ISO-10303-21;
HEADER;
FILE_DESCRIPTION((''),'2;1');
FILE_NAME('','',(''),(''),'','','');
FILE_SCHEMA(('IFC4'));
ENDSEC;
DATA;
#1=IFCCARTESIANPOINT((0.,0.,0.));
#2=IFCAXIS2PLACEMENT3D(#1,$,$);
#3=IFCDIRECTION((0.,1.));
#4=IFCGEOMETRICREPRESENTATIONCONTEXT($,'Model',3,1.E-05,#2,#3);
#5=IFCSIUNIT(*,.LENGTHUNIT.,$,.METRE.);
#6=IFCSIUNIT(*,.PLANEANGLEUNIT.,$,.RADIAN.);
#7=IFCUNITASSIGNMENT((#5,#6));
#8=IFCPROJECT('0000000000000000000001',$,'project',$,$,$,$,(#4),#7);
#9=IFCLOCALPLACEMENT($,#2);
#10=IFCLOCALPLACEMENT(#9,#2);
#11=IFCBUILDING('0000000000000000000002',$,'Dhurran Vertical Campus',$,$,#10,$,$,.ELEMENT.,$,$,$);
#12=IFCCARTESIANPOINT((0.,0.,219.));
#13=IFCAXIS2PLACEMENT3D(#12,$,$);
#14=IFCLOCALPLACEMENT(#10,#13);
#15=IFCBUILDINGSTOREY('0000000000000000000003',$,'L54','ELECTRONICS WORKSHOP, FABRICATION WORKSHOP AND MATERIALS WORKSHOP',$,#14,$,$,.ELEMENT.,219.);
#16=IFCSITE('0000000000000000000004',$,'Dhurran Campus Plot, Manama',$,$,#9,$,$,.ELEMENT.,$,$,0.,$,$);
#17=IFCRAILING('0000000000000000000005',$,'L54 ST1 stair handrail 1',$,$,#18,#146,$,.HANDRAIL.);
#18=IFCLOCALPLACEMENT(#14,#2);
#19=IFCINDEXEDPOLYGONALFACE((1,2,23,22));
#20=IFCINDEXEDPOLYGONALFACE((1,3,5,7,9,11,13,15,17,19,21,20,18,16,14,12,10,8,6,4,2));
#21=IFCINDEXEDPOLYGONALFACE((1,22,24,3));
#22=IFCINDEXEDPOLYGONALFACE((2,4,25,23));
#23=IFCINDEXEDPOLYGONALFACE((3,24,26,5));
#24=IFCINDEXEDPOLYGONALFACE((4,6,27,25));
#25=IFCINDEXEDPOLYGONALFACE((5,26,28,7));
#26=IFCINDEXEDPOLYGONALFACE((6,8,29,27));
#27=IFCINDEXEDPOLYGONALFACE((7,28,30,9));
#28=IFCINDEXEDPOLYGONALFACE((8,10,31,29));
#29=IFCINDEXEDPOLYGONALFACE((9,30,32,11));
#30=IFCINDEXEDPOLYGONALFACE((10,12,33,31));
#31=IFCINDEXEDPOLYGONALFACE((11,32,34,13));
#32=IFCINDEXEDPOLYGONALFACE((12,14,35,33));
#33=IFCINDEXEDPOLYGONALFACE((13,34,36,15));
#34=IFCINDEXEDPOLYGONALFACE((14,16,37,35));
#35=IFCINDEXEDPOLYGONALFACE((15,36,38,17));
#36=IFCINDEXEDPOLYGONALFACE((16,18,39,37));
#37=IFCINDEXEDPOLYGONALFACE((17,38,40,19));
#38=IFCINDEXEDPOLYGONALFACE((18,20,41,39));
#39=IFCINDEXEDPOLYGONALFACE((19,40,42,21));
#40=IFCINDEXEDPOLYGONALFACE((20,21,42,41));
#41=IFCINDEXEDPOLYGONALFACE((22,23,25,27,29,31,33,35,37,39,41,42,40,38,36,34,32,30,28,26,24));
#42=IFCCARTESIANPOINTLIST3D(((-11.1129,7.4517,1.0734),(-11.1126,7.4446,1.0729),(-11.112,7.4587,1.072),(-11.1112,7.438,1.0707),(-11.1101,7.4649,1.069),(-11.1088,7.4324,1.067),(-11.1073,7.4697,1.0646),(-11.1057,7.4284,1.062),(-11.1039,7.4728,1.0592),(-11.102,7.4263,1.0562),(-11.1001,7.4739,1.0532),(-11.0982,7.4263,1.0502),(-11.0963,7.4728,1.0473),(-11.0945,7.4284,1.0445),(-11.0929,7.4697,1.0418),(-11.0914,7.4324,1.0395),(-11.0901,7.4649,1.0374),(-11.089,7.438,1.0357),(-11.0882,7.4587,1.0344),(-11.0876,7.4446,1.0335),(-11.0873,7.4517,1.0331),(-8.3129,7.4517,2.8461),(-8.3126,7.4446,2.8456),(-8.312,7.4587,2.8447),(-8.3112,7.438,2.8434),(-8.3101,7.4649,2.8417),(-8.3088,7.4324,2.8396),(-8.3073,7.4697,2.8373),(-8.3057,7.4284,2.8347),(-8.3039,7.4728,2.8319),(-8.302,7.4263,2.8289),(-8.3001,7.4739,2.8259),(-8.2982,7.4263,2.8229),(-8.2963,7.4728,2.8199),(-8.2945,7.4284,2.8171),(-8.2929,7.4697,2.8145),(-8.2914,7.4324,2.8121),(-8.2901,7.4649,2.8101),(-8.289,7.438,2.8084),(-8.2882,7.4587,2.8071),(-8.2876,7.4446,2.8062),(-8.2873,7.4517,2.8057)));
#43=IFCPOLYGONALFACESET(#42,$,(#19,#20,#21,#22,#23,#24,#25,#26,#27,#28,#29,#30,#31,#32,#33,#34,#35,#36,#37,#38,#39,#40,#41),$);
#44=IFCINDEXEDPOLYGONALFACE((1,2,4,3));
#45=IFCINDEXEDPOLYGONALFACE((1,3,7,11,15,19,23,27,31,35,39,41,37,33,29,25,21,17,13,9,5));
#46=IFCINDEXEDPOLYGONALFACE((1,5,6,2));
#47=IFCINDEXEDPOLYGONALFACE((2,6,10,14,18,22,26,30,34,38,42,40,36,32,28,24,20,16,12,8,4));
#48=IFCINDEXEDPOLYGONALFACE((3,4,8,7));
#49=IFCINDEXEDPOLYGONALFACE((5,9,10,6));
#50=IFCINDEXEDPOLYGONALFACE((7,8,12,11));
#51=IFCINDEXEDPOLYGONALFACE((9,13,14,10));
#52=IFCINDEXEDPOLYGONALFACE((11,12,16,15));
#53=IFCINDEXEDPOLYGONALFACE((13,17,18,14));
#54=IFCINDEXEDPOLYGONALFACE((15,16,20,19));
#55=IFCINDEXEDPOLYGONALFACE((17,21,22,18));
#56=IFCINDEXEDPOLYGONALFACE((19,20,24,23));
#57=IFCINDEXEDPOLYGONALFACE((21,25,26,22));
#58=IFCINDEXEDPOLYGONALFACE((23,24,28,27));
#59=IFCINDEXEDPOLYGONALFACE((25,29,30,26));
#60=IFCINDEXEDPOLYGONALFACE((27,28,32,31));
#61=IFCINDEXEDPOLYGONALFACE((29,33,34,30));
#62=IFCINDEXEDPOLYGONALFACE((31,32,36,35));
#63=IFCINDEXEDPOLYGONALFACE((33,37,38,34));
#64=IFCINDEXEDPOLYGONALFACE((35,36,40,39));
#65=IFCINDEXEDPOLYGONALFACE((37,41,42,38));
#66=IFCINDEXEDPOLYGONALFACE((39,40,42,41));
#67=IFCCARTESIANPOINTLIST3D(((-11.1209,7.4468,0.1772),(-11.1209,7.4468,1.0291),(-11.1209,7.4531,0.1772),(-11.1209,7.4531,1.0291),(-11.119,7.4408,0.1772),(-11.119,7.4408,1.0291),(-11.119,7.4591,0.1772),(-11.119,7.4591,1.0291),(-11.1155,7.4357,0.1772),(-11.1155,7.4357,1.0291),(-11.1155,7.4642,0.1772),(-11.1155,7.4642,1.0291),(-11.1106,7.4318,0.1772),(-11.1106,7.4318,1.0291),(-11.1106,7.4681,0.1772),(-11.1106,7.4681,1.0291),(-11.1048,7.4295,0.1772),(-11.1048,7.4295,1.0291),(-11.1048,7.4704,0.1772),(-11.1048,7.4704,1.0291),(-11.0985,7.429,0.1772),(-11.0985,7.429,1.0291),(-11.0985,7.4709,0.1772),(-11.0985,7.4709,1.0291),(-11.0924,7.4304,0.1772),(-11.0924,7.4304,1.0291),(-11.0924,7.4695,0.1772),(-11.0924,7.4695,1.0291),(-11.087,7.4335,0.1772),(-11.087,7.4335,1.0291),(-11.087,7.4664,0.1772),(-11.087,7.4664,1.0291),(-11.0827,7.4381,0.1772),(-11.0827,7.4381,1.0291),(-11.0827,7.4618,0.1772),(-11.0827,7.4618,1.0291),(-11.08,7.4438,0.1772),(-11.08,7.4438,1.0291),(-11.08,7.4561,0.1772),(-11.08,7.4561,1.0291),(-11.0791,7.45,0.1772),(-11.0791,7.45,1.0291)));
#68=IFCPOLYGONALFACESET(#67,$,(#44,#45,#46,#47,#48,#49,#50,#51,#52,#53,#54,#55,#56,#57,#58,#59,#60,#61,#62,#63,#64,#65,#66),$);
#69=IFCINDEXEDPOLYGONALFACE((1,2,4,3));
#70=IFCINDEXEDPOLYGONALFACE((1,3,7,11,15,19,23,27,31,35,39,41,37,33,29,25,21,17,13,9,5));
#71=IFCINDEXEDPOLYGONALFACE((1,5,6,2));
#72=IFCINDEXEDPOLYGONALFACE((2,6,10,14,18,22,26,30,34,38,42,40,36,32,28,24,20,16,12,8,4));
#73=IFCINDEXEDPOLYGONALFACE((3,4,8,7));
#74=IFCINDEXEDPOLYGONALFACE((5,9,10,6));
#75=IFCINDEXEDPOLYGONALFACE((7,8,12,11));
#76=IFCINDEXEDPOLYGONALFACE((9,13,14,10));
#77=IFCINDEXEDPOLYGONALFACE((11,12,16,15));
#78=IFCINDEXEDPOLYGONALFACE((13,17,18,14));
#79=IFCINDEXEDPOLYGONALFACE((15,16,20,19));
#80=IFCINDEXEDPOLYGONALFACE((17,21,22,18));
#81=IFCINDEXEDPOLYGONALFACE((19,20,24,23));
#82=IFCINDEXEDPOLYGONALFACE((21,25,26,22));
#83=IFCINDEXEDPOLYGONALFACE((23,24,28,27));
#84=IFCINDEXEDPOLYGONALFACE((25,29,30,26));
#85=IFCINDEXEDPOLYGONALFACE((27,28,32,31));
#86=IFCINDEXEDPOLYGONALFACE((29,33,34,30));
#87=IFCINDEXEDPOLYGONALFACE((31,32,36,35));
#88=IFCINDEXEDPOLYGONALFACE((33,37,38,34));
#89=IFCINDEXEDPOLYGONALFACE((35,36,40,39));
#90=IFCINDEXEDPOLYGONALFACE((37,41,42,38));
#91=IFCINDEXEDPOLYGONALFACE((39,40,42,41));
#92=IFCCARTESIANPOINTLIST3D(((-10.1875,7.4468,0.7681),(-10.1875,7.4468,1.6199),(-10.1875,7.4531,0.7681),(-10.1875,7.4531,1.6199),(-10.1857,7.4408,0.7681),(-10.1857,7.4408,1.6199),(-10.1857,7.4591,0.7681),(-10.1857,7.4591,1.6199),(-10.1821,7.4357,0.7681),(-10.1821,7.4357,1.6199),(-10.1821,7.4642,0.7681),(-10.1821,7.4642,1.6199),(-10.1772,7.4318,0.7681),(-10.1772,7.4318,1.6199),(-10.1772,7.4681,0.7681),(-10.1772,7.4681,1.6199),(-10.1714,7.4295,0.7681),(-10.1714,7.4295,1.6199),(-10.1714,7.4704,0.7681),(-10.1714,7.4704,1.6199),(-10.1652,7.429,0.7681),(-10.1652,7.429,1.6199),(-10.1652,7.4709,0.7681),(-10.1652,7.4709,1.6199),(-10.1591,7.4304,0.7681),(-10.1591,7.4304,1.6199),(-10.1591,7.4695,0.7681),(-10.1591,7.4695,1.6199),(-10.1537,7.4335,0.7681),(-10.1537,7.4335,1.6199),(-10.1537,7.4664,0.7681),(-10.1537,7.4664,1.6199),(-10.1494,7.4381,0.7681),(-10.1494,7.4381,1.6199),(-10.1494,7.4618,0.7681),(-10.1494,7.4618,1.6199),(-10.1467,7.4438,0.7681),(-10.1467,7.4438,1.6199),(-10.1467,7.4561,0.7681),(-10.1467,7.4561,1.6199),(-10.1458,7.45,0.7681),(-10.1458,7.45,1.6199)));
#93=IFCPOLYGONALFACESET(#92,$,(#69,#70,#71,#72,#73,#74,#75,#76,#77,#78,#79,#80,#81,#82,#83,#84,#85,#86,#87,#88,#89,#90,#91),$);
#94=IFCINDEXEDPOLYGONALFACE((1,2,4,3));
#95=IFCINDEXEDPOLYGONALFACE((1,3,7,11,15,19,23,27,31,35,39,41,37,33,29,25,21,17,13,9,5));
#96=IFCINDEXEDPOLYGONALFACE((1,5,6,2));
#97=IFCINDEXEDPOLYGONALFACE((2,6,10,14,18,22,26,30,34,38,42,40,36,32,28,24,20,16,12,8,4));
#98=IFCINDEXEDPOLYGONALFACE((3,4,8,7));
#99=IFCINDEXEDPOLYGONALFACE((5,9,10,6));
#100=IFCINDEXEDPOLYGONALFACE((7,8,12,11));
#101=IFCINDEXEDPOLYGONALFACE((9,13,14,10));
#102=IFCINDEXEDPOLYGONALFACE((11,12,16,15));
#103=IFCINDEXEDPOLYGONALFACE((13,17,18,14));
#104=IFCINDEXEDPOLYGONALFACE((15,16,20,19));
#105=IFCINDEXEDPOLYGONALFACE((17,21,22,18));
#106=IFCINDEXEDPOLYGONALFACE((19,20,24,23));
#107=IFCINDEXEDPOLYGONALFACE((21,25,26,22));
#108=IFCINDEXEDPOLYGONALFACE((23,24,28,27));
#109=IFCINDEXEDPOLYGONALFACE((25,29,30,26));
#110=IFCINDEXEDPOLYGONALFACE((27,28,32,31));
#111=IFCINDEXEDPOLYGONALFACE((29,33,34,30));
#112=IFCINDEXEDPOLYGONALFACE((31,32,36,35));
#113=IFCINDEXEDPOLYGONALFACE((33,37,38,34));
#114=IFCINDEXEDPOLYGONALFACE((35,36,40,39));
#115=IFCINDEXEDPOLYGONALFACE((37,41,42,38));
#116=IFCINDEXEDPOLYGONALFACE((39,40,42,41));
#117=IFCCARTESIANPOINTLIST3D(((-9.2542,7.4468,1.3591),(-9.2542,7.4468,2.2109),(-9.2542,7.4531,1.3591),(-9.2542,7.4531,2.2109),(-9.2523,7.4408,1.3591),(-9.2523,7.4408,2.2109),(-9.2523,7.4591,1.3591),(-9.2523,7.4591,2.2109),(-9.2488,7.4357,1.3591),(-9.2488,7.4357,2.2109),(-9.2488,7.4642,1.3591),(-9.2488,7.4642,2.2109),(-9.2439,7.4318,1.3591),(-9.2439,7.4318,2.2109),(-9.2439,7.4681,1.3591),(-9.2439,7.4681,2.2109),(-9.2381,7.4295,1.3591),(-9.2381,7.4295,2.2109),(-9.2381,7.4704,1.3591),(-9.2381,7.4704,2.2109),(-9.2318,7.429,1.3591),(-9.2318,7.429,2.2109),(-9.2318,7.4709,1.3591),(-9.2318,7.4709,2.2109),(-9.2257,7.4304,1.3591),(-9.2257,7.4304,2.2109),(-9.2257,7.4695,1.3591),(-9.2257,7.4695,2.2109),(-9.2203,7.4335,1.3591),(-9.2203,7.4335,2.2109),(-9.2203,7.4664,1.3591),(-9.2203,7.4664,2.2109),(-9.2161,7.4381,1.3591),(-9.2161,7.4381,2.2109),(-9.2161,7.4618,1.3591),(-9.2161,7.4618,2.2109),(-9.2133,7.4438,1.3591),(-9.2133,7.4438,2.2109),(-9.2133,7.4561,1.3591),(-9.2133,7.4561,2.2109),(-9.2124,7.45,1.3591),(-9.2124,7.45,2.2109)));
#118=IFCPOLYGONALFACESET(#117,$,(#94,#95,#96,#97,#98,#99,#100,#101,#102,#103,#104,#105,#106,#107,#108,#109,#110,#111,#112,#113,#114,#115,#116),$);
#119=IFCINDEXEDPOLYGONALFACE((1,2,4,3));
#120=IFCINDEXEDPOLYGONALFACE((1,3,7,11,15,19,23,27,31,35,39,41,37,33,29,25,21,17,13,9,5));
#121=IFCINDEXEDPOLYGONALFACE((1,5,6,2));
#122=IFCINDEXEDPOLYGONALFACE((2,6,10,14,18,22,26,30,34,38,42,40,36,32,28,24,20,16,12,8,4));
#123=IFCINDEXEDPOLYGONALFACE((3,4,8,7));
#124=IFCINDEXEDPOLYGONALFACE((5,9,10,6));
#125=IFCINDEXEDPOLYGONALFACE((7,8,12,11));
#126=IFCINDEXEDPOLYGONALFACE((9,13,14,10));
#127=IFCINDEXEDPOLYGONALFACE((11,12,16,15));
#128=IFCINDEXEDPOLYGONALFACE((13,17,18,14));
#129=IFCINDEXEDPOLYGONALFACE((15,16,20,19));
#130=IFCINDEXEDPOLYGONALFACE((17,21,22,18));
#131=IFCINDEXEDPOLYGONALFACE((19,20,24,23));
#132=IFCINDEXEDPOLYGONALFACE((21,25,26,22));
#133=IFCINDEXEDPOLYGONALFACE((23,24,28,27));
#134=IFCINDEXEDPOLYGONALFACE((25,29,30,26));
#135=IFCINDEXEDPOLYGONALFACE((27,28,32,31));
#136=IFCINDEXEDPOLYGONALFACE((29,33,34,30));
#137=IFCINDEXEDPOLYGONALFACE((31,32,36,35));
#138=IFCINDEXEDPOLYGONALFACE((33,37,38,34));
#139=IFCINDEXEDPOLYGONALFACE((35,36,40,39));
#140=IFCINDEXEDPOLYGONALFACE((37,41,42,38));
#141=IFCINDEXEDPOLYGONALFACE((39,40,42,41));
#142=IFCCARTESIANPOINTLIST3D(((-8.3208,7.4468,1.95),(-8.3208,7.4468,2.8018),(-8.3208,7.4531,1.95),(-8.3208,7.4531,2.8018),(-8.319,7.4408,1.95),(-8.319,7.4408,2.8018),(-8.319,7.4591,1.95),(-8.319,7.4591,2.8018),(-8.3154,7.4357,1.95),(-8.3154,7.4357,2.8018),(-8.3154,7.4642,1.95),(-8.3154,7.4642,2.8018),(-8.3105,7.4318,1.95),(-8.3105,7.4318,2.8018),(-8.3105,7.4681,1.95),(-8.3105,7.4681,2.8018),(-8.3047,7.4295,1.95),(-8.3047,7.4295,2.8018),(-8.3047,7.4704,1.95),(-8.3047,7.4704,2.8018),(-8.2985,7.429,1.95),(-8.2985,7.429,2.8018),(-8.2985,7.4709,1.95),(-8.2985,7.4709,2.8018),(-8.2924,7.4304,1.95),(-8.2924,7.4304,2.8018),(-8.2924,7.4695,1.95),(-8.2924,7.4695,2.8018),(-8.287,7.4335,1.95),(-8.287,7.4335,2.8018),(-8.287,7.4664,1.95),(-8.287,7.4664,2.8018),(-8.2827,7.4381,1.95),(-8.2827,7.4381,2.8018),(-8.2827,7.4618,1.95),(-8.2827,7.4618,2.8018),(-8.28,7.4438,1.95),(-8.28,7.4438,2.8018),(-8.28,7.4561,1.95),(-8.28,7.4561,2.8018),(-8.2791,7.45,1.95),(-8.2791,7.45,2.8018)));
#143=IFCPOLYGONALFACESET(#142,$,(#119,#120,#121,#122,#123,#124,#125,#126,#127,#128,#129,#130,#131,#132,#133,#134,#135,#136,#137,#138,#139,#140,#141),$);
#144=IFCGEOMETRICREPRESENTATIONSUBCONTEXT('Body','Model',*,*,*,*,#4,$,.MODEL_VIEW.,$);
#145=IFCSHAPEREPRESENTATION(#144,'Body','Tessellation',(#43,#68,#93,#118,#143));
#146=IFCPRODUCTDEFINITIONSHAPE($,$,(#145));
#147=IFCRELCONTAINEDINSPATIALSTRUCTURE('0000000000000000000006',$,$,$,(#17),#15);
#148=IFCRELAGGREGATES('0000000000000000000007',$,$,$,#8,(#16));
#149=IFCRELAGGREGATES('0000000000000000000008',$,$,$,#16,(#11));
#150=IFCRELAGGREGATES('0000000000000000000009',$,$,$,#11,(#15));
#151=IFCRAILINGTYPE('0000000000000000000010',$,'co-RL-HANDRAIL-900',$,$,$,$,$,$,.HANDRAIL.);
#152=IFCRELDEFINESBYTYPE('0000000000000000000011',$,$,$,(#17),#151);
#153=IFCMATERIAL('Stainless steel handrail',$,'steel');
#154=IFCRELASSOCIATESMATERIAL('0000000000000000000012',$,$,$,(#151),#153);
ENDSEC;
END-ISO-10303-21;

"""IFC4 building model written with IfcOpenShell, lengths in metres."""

from ifc_helpers import new_model, si_unit, direction, frame, origin, origin_2d, place, context, subcontext, project, spatial, circle, extrude, material, type_object, element, save


model = new_model("IFC4")

# Units and contexts
model_context = context("Model", 3, precision=1e-05, world=origin(), true_north=direction((0.0, 1.0)))
body_context = subcontext(model_context, "Body", "Model", "MODEL_VIEW")
ifc_project = project(units=[si_unit("LENGTHUNIT", "METRE"), si_unit("PLANEANGLEUNIT", "RADIAN")], contexts=[model_context])

# Site, building, storey
site_placement = place(None, origin())
site = spatial("IfcSite", under=ifc_project, at=site_placement, Name="Dhurran Campus Plot, Manama", CompositionType="ELEMENT", RefElevation=0.0)
building_placement = place(site_placement, origin())
building = spatial("IfcBuilding", under=site, at=building_placement, Name="Dhurran Vertical Campus", CompositionType="ELEMENT")
storey_placement = place(building_placement, frame((0.0, 0.0, 219.0)))
storey = spatial("IfcBuildingStorey", under=building, at=storey_placement, Name="L54", Description="ELECTRONICS WORKSHOP, FABRICATION WORKSHOP AND MATERIALS WORKSHOP", CompositionType="ELEMENT", Elevation=219.0)

# Railing
ifc_material_1 = material(Name="Stainless steel handrail", Category="steel")
railing_type_1 = type_object("IfcRailingType", Name="co-RL-HANDRAIL-900", PredefinedType="HANDRAIL", material=ifc_material_1)
railing_1_placement = place(storey_placement, frame((-11.1001, 7.45, 0.1772)))
element("IfcRailing", 1, at=railing_1_placement, inside=storey, type_object=railing_type_1, Name="L54 ST1 stair handrail 1", PredefinedType="HANDRAIL", context=body_context, shape_type="SweptSolid", body=[
    extrude(circle(Radius=0.0239, at=origin_2d()), frame((0.0, 0.0, 0.876), z_axis=(0.844909, 0.0, 0.53491), x_axis=(0.0, 1.0, 0.0)), (0.0, 0.0, 1.0), 3.314),
    extrude(circle(Radius=0.021, at=origin_2d()), origin(), (0.0, 0.0, 1.0), 0.8518),
    extrude(circle(Radius=0.021, at=origin_2d()), frame((0.9333, 0.0, 0.5908)), (0.0, 0.0, 1.0), 0.8518),
    extrude(circle(Radius=0.021, at=origin_2d()), frame((1.8667, 0.0, 1.1819)), (0.0, 0.0, 1.0), 0.8518),
    extrude(circle(Radius=0.021, at=origin_2d()), frame((2.8, 0.0, 1.7727)), (0.0, 0.0, 1.0), 0.8518),
])

save(model, "model.ifc")
